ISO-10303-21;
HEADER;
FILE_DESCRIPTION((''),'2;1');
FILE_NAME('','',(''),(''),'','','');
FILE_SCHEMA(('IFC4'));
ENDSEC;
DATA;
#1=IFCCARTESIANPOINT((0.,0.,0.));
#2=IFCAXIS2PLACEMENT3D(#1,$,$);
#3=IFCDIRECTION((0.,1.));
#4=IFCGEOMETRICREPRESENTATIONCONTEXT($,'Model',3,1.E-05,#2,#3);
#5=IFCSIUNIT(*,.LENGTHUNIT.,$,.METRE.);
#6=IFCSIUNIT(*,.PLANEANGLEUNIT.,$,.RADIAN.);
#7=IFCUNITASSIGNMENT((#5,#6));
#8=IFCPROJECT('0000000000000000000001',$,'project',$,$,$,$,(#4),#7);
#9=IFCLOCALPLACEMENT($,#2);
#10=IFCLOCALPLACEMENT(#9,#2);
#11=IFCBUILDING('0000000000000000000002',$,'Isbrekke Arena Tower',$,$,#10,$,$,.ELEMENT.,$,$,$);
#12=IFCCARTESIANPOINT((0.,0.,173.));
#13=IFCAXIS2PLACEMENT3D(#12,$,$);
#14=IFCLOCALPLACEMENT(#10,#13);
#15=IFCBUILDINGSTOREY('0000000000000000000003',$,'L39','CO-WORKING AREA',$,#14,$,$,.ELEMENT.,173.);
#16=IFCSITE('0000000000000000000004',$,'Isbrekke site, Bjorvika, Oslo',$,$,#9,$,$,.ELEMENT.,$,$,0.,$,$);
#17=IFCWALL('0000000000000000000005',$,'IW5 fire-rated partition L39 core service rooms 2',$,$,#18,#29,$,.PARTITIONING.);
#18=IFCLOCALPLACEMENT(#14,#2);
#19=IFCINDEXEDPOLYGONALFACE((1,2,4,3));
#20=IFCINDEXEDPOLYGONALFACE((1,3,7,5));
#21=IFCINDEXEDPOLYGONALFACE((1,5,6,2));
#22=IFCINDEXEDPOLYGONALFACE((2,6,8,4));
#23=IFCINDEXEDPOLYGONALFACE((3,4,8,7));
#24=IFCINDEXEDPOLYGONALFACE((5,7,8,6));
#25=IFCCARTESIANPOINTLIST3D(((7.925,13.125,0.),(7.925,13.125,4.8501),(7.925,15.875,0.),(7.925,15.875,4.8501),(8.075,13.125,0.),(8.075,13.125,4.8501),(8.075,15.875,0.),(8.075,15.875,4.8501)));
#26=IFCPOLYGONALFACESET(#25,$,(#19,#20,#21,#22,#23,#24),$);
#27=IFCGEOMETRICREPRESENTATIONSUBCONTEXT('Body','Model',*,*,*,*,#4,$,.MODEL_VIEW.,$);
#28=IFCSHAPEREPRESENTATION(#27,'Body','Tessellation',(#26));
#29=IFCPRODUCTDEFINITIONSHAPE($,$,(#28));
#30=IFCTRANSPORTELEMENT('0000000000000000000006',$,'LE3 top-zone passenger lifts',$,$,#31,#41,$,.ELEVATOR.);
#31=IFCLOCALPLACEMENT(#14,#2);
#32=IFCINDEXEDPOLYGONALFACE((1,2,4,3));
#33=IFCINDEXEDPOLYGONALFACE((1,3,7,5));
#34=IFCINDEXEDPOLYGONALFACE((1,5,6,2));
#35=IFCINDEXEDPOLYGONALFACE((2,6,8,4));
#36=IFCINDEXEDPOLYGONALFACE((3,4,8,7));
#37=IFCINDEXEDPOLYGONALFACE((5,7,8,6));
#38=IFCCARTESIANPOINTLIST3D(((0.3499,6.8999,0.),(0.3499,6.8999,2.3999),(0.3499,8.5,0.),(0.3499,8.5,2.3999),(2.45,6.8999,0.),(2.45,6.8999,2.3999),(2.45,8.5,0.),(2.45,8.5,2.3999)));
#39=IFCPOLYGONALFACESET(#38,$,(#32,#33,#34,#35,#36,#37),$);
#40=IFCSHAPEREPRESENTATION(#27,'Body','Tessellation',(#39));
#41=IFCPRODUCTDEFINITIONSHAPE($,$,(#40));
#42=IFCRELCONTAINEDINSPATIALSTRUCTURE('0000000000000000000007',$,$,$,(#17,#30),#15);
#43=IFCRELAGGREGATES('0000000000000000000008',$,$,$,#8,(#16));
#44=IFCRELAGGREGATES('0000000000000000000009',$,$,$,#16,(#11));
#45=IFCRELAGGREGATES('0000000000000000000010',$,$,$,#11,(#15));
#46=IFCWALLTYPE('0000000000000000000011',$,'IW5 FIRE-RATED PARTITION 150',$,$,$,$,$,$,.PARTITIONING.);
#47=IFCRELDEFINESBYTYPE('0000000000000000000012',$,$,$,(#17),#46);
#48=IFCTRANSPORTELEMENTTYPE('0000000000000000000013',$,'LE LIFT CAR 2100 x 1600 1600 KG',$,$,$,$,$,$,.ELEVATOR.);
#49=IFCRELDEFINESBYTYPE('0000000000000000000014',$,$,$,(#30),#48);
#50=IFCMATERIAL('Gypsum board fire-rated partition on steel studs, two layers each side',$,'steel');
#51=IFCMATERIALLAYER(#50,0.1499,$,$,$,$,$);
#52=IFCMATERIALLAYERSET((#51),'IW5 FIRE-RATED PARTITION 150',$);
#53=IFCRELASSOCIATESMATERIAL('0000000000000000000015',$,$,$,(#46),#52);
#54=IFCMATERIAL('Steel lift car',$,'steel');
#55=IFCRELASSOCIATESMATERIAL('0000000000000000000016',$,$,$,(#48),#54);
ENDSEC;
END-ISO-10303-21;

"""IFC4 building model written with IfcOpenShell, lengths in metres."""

from ifc_helpers import new_model, si_unit, direction, frame, frame_2d, origin, origin_2d, place, context, subcontext, project, spatial, rectangle, extrude, material, layer, layer_set, type_object, element, save


model = new_model("IFC4")

# Units and contexts
model_context = context("Model", 3, precision=1e-05, world=origin(), true_north=direction((0.0, 1.0)))
body_context = subcontext(model_context, "Body", "Model", "MODEL_VIEW")
ifc_project = project(units=[si_unit("LENGTHUNIT", "METRE"), si_unit("PLANEANGLEUNIT", "RADIAN")], contexts=[model_context])

# Site, building, storey
site_placement = place(None, origin())
site = spatial("IfcSite", under=ifc_project, at=site_placement, Name="Isbrekke site, Bjorvika, Oslo", CompositionType="ELEMENT", RefElevation=0.0)
building_placement = place(site_placement, origin())
building = spatial("IfcBuilding", under=site, at=building_placement, Name="Isbrekke Arena Tower", CompositionType="ELEMENT")
storey_placement = place(building_placement, frame((0.0, 0.0, 173.0)))
storey = spatial("IfcBuildingStorey", under=building, at=storey_placement, Name="L39", Description="CO-WORKING AREA", CompositionType="ELEMENT", Elevation=173.0)

# Wall
ifc_material_1 = material(Name="Gypsum board fire-rated partition on steel studs, two layers each side", Category="steel")
ifc_layer_1 = layer(ifc_material_1, 0.1499)
ifc_layer_set_1 = layer_set([ifc_layer_1], Name="IW5 FIRE-RATED PARTITION 150")
wall_type_1 = type_object("IfcWallType", Name="IW5 FIRE-RATED PARTITION 150", PredefinedType="PARTITIONING", material=ifc_layer_set_1)
for number, where, z_axis, x_axis, name in (
    (1, (8.0, 13.125, 0.0), (0.0, 0.0, 1.0), (0.0, 1.0, 0.0), "IW5 fire-rated partition L39 core service rooms 2"),
):
    element("IfcWall", number, at=place(storey_placement, frame(where, z_axis=z_axis, x_axis=x_axis)), inside=storey, type_object=wall_type_1, Name=name, PredefinedType="PARTITIONING", context=body_context, shape_type="SweptSolid", body=[
        extrude(rectangle(XDim=2.75, YDim=0.1499, at=frame_2d((1.375, 0.0))), origin(), (0.0, 0.0, 1.0), 4.8501),
    ])

# Transport element
ifc_material_2 = material(Name="Steel lift car", Category="steel")
transport_element_type = type_object("IfcTransportElementType", Name="LE LIFT CAR 2100 x 1600 1600 KG", PredefinedType="ELEVATOR", material=ifc_material_2)
transport_element_placement = place(storey_placement, frame((1.3999, 7.7, 0.0), z_axis=(0.0, 0.0, 1.0), x_axis=(1.0, 0.0, 0.0)))
element("IfcTransportElement", 2, at=transport_element_placement, inside=storey, type_object=transport_element_type, Name="LE3 top-zone passenger lifts", PredefinedType="ELEVATOR", context=body_context, shape_type="SweptSolid", body=[
    extrude(rectangle(XDim=2.1001, YDim=1.6001, at=origin_2d()), origin(), (0.0, 0.0, 1.0), 2.3999),
])

save(model, "model.ifc")
